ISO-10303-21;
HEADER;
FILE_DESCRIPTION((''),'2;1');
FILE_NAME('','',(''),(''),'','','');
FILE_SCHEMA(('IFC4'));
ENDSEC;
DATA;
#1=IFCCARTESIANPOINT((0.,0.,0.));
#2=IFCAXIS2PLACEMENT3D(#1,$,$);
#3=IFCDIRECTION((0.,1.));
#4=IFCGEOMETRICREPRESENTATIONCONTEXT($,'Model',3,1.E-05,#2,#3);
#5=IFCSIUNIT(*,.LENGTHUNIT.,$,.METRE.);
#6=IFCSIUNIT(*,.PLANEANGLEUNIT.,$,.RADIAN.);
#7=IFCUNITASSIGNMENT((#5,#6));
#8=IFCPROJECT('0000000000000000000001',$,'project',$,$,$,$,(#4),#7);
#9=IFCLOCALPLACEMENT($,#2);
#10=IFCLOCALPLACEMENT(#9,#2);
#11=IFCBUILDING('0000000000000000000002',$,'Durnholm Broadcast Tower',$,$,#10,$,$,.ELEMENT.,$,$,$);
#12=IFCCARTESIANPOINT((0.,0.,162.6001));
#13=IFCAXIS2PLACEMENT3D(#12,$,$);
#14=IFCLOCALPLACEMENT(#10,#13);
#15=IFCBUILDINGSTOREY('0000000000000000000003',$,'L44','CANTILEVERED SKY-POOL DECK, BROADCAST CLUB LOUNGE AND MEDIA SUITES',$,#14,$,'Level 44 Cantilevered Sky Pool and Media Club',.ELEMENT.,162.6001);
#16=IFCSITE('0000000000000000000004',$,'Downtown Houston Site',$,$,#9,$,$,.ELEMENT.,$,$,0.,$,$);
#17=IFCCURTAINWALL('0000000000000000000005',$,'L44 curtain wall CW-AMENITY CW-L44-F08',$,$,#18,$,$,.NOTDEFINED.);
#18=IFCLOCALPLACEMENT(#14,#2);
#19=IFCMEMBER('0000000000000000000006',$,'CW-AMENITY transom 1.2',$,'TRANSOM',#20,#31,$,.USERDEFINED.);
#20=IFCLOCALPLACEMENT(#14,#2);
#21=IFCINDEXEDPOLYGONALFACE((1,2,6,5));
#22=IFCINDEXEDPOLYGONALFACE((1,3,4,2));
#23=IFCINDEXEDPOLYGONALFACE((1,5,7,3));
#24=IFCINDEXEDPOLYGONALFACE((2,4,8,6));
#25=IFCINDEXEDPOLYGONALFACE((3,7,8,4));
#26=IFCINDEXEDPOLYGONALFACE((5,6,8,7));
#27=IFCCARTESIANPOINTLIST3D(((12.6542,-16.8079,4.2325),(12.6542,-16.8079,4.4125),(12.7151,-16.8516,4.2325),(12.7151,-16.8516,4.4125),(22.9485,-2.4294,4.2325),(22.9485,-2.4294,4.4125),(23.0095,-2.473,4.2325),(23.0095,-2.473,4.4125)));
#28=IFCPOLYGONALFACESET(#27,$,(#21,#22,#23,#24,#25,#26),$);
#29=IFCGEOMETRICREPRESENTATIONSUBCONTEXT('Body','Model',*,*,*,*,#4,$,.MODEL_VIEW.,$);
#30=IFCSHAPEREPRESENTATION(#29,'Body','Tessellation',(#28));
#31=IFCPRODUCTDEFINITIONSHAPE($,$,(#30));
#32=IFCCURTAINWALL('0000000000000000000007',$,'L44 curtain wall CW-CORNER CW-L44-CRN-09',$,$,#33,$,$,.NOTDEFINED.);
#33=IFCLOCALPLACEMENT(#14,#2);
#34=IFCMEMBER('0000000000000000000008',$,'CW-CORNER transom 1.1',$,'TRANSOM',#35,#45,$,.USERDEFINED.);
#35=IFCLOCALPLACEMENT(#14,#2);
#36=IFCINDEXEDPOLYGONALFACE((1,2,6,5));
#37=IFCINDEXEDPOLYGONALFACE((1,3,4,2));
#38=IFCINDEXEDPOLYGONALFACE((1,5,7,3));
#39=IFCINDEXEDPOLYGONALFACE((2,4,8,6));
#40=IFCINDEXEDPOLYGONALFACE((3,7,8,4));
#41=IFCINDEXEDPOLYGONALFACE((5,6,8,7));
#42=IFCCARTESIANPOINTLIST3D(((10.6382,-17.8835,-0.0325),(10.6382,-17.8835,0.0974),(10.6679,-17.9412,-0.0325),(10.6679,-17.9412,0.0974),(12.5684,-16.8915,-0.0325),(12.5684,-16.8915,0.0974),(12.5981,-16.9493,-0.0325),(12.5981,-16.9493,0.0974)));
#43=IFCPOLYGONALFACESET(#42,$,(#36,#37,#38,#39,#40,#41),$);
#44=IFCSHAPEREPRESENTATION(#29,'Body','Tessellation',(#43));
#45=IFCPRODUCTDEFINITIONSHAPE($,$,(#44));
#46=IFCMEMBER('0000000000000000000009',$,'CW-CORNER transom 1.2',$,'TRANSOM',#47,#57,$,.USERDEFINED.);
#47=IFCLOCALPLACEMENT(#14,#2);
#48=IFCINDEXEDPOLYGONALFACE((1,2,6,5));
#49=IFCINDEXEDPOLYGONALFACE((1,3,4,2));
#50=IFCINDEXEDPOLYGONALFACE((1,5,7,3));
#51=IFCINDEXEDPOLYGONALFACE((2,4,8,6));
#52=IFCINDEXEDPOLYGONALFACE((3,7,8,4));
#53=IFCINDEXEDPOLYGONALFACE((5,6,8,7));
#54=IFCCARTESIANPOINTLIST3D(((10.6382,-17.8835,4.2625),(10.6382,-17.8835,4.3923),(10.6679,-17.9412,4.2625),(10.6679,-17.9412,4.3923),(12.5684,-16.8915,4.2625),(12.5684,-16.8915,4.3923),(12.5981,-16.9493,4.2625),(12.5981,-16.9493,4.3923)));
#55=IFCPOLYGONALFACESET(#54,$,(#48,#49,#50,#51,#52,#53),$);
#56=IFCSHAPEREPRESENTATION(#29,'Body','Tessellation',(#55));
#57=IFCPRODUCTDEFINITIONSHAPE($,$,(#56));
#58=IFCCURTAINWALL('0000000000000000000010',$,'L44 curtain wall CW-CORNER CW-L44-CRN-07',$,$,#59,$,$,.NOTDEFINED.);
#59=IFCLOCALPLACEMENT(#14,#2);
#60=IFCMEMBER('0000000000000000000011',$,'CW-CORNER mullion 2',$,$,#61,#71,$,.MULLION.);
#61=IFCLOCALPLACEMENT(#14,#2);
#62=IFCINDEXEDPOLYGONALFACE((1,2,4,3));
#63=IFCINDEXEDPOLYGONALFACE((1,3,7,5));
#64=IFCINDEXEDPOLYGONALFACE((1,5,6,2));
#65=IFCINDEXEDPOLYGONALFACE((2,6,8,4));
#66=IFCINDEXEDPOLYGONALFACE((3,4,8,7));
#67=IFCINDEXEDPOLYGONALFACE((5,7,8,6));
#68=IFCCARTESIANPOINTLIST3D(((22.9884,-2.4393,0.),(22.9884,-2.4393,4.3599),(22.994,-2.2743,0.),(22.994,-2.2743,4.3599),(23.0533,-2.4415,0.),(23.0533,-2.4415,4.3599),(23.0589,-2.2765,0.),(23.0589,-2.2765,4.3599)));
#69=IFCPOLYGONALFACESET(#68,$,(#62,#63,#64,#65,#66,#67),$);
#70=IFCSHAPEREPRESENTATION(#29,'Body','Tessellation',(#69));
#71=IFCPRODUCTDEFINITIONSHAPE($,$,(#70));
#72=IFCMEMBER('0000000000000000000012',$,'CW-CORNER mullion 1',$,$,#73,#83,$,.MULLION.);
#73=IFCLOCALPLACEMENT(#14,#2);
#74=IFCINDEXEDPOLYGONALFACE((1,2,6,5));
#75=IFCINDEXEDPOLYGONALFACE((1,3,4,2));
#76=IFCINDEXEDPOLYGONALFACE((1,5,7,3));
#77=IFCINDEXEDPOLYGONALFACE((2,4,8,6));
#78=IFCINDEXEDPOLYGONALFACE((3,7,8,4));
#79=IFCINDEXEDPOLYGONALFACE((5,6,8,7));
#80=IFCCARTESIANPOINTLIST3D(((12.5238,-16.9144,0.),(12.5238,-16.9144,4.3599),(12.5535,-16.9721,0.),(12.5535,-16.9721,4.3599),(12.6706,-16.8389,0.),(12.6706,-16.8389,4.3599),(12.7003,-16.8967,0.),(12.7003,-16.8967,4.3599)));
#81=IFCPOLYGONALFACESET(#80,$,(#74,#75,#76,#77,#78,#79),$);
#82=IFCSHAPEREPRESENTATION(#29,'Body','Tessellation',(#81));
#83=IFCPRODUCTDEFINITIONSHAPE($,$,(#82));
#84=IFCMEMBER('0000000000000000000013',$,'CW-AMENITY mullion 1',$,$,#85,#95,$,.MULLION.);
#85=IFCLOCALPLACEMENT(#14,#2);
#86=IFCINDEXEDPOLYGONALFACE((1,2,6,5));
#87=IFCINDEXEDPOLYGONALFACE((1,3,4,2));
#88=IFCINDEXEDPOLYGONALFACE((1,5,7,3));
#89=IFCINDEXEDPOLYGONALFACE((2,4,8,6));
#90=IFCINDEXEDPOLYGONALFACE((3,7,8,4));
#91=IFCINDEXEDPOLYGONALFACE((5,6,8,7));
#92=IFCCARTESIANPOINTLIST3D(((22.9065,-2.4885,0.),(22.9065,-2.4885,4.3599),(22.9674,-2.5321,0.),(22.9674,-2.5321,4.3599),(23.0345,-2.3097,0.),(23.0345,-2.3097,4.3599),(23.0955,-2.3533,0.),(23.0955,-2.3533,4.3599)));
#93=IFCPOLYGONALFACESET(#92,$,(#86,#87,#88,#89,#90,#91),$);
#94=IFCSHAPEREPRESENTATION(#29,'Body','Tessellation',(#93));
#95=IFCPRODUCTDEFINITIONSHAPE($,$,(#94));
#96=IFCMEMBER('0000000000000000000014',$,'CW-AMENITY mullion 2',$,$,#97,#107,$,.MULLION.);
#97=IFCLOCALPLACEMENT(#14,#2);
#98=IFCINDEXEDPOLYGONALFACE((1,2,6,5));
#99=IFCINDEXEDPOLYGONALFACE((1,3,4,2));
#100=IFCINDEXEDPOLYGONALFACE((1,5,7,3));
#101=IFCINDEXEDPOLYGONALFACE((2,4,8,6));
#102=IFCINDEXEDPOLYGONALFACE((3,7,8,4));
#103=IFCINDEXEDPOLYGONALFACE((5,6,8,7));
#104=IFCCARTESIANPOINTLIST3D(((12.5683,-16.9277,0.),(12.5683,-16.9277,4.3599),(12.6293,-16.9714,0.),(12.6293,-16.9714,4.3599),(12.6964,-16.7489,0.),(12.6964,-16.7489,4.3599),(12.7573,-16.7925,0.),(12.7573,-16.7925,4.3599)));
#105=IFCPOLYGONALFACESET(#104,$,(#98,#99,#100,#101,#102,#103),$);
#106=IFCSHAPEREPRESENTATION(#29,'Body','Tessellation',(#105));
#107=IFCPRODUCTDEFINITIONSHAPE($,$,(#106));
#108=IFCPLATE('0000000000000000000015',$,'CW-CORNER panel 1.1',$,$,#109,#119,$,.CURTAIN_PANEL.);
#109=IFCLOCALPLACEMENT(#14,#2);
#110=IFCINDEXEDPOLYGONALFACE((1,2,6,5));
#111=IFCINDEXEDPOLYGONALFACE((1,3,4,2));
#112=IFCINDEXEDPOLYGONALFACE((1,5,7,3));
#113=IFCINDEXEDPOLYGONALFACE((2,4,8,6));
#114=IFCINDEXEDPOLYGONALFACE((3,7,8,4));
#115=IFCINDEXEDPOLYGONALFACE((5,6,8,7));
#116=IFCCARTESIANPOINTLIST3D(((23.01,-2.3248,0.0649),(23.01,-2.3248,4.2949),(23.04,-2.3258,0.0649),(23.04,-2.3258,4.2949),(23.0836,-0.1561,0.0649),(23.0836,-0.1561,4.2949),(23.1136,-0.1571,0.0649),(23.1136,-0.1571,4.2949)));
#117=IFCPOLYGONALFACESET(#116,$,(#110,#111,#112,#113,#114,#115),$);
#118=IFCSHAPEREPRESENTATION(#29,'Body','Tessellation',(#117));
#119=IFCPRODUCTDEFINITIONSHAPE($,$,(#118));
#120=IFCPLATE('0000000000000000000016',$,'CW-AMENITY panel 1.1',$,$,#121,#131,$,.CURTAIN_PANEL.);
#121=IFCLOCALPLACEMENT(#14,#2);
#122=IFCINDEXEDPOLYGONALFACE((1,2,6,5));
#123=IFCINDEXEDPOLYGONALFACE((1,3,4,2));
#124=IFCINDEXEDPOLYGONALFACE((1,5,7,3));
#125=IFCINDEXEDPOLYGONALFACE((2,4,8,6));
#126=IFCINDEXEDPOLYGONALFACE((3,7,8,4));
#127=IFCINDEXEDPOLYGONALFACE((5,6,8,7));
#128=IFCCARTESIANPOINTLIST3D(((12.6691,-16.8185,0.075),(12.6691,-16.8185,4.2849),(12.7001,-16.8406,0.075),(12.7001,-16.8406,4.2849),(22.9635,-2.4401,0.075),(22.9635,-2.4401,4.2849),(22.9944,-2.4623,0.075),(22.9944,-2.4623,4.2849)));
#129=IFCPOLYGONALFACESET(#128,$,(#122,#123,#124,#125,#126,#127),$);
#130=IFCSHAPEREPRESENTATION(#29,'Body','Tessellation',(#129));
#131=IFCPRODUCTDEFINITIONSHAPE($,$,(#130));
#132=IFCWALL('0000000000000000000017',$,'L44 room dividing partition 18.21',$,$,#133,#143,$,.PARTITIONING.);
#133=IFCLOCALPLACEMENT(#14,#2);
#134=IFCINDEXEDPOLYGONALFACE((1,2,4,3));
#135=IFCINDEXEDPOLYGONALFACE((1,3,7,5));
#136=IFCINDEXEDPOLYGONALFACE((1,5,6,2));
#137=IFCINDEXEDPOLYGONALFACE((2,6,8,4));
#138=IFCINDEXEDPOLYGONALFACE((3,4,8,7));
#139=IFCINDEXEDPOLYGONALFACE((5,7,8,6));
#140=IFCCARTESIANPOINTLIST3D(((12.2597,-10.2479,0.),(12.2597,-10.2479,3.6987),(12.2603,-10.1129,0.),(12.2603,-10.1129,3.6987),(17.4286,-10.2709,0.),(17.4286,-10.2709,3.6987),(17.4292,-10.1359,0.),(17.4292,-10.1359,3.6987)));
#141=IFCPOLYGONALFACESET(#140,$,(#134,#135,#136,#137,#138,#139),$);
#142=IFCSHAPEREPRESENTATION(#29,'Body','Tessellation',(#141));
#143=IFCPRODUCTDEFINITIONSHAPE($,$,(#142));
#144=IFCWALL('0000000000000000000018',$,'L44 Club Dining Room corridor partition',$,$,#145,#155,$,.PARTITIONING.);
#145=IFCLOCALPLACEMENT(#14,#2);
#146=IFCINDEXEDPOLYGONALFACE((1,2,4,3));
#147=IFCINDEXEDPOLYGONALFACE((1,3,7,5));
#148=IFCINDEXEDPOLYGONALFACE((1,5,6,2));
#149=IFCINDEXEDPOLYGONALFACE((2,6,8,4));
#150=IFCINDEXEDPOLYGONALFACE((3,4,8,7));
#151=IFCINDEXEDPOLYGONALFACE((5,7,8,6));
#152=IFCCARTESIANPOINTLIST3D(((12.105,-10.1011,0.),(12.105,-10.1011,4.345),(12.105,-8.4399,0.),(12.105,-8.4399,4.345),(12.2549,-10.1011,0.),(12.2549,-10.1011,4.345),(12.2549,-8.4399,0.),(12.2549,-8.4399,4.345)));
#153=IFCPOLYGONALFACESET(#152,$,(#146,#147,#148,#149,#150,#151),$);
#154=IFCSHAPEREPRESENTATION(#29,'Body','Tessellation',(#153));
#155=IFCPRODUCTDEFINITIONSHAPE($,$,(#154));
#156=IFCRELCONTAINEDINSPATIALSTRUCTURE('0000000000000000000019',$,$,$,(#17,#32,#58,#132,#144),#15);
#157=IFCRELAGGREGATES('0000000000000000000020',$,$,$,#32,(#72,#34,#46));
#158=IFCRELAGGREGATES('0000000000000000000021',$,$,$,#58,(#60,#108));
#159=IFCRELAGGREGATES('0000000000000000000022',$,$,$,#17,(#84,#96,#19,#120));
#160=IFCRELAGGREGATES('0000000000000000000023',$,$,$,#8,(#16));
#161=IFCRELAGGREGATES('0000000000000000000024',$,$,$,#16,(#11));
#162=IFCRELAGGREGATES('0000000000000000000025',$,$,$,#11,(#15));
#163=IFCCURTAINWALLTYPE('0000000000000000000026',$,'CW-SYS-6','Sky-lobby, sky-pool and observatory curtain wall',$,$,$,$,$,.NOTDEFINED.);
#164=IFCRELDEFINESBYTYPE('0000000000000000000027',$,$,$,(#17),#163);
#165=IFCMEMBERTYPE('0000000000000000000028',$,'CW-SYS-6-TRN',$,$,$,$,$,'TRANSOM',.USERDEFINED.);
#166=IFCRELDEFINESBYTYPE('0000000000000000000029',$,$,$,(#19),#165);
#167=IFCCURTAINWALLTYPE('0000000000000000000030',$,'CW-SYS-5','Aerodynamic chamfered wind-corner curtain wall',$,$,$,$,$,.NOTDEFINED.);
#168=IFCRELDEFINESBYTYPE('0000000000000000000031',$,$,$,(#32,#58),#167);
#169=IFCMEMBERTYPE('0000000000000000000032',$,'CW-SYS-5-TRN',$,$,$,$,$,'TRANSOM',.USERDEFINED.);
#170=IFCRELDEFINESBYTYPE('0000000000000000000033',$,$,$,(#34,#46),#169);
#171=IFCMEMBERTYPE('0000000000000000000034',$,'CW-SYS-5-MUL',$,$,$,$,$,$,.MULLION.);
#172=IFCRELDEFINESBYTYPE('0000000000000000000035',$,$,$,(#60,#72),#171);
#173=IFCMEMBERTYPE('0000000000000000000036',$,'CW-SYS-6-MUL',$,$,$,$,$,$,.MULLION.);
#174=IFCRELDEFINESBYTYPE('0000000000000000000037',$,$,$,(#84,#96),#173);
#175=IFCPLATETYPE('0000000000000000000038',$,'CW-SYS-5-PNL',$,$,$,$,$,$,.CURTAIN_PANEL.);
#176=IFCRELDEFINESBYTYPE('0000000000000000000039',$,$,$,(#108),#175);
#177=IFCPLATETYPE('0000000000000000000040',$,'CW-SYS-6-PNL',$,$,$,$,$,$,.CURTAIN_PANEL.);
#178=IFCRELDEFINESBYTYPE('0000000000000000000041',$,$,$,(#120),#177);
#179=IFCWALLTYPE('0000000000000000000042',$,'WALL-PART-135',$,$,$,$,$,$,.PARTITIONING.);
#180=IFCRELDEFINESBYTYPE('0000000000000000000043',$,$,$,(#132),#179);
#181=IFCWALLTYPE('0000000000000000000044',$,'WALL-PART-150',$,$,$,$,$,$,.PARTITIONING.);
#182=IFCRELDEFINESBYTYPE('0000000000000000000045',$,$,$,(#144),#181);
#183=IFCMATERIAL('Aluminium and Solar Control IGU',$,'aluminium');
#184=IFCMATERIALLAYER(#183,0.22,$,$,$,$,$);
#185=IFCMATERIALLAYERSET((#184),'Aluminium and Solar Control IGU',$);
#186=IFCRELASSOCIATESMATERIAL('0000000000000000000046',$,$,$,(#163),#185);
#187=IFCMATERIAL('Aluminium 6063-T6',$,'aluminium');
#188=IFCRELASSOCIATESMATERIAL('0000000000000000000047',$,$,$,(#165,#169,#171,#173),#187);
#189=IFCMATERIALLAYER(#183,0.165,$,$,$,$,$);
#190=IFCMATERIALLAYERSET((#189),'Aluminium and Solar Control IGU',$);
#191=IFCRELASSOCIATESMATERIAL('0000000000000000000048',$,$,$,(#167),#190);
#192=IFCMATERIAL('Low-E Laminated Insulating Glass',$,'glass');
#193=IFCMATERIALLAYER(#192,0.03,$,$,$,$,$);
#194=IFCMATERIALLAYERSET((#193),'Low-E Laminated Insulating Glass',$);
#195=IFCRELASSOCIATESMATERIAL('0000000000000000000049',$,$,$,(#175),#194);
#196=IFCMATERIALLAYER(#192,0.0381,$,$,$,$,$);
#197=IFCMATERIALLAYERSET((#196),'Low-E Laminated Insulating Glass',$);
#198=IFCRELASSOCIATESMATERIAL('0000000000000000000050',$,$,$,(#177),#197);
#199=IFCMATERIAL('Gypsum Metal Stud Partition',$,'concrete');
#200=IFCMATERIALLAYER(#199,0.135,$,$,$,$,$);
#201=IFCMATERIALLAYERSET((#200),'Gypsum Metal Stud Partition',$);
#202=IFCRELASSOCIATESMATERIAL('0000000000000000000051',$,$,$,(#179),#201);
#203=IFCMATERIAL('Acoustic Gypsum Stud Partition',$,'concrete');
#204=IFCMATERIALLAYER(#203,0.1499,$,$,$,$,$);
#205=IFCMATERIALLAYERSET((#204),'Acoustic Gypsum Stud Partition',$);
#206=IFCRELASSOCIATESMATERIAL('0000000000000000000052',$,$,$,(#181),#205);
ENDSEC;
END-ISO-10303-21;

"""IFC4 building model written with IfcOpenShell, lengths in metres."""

from ifc_helpers import new_model, si_unit, direction, frame, frame_2d, origin, origin_2d, place, context, subcontext, project, spatial, rectangle, extrude, source, transform, mapped, material, layer, layer_set, material_profile, profile_set, type_object, type_shapes, element, aggregate, save


model = new_model("IFC4")

# Units and contexts
model_context = context("Model", 3, precision=1e-05, world=origin(), true_north=direction((0.0, 1.0)))
body_context = subcontext(model_context, "Body", "Model", "MODEL_VIEW")
ifc_project = project(units=[si_unit("LENGTHUNIT", "METRE"), si_unit("PLANEANGLEUNIT", "RADIAN")], contexts=[model_context])

# Site, building, storey
site_placement = place(None, origin())
site = spatial("IfcSite", under=ifc_project, at=site_placement, Name="Downtown Houston Site", CompositionType="ELEMENT", RefElevation=0.0)
building_placement = place(site_placement, origin())
building = spatial("IfcBuilding", under=site, at=building_placement, Name="Durnholm Broadcast Tower", CompositionType="ELEMENT")
storey_placement = place(building_placement, frame((0.0, 0.0, 162.6001)))
storey = spatial("IfcBuildingStorey", under=building, at=storey_placement, Name="L44", Description="CANTILEVERED SKY-POOL DECK, BROADCAST CLUB LOUNGE AND MEDIA SUITES", LongName="Level 44 Cantilevered Sky Pool and Media Club", CompositionType="ELEMENT", Elevation=162.6001)

# Curtain walls, members
ifc_material_1 = material(Name="Aluminium and Solar Control IGU", Category="aluminium")
ifc_layer_1 = layer(ifc_material_1, 0.22)
ifc_layer_set_1 = layer_set([ifc_layer_1], Name="Aluminium and Solar Control IGU")
curtain_wall_type_1 = type_object("IfcCurtainWallType", Name="CW-SYS-6", Description="Sky-lobby, sky-pool and observatory curtain wall", PredefinedType="NOTDEFINED", material=ifc_layer_set_1)
curtain_wall_1_placement = place(storey_placement, origin())
curtain_wall_1 = element("IfcCurtainWall", 1, at=curtain_wall_1_placement, inside=storey, type_object=curtain_wall_type_1, Name="L44 curtain wall CW-AMENITY CW-L44-F08", PredefinedType="NOTDEFINED")
ifc_material_2 = material(Name="Aluminium 6063-T6", Category="aluminium")
ifc_material_profile_1 = material_profile(ifc_material_2, rectangle(XDim=0.075, YDim=0.1799, at=origin_2d()), Name="CWT75X180")
ifc_profile_set_1 = profile_set([ifc_material_profile_1], Name="Aluminium 6063-T6")
member_type_1 = type_object("IfcMemberType", Name="CW-SYS-6-TRN", ElementType="TRANSOM", PredefinedType="USERDEFINED", material=ifc_profile_set_1)
shared_shape_1 = source(origin(), body_context, "Body", "SweptSolid", [
    extrude(rectangle(XDim=0.075, YDim=0.1799, at=origin_2d()), origin(), (0.0, 0.0, 1.0), 17.6838),
])
type_shapes(member_type_1, [shared_shape_1])
member_1_placement = place(storey_placement, frame((22.979, -2.4512, 4.3225), z_axis=(-0.582135, -0.813092, 0.0), x_axis=(0.813092, -0.582135, 0.0)))
member_1 = element("IfcMember", 2, at=member_1_placement, type_object=member_type_1, Name="CW-AMENITY transom 1.2", ObjectType="TRANSOM", PredefinedType="USERDEFINED", context=body_context, shape_type="MappedRepresentation", body=[
    mapped(shared_shape_1, transform((0.0, 0.0, 0.0), x_axis=(1.0, 0.0, 0.0), y_axis=(0.0, 1.0, 0.0), z_axis=(0.0, 0.0, 1.0), scale=1.0)),
])
ifc_layer_2 = layer(ifc_material_1, 0.165)
ifc_layer_set_2 = layer_set([ifc_layer_2], Name="Aluminium and Solar Control IGU")
curtain_wall_type_2 = type_object("IfcCurtainWallType", Name="CW-SYS-5", Description="Aerodynamic chamfered wind-corner curtain wall", PredefinedType="NOTDEFINED", material=ifc_layer_set_2)
curtain_wall_2_placement = place(storey_placement, origin())
curtain_wall_2 = element("IfcCurtainWall", 3, at=curtain_wall_2_placement, inside=storey, type_object=curtain_wall_type_2, Name="L44 curtain wall CW-CORNER CW-L44-CRN-09", PredefinedType="NOTDEFINED")
ifc_material_profile_2 = material_profile(ifc_material_2, rectangle(XDim=0.0649, YDim=0.1299, at=origin_2d()), Name="CWT65X130")
ifc_profile_set_2 = profile_set([ifc_material_profile_2], Name="Aluminium 6063-T6")
member_type_2 = type_object("IfcMemberType", Name="CW-SYS-5-TRN", ElementType="TRANSOM", PredefinedType="USERDEFINED", material=ifc_profile_set_2)
shared_shape_2 = source(origin(), body_context, "Body", "SweptSolid", [
    extrude(rectangle(XDim=0.0649, YDim=0.1299, at=origin_2d()), origin(), (0.0, 0.0, 1.0), 2.1702),
])
type_shapes(member_type_2, [shared_shape_2])
member_2_placement = place(storey_placement, frame((12.5833, -16.9204, 0.0325), z_axis=(-0.889422, -0.457086, 0.0), x_axis=(0.457086, -0.889422, 0.0)))
member_2 = element("IfcMember", 4, at=member_2_placement, type_object=member_type_2, Name="CW-CORNER transom 1.1", ObjectType="TRANSOM", PredefinedType="USERDEFINED", context=body_context, shape_type="MappedRepresentation", body=[
    mapped(shared_shape_2, transform((0.0, 0.0, 0.0), x_axis=(1.0, 0.0, 0.0), y_axis=(0.0, 1.0, 0.0), z_axis=(0.0, 0.0, 1.0), scale=1.0)),
])
member_3_placement = place(storey_placement, frame((12.5833, -16.9204, 4.3274), z_axis=(-0.889422, -0.457086, 0.0), x_axis=(0.457086, -0.889422, 0.0)))
member_3 = element("IfcMember", 5, at=member_3_placement, type_object=member_type_2, Name="CW-CORNER transom 1.2", ObjectType="TRANSOM", PredefinedType="USERDEFINED", context=body_context, shape_type="MappedRepresentation", body=[
    mapped(shared_shape_2, transform((0.0, 0.0, 0.0), x_axis=(1.0, 0.0, 0.0), y_axis=(0.0, 1.0, 0.0), z_axis=(0.0, 0.0, 1.0), scale=1.0)),
])

# Curtain wall, member
curtain_wall_3_placement = place(storey_placement, origin())
curtain_wall_3 = element("IfcCurtainWall", 6, at=curtain_wall_3_placement, inside=storey, type_object=curtain_wall_type_2, Name="L44 curtain wall CW-CORNER CW-L44-CRN-07", PredefinedType="NOTDEFINED")
ifc_material_profile_3 = material_profile(ifc_material_2, rectangle(XDim=0.0649, YDim=0.165, at=origin_2d()), Name="CWM65X165")
ifc_profile_set_3 = profile_set([ifc_material_profile_3], Name="Aluminium 6063-T6")
member_type_3 = type_object("IfcMemberType", Name="CW-SYS-5-MUL", PredefinedType="MULLION", material=ifc_profile_set_3)
shared_shape_3 = source(origin(), body_context, "Body", "SweptSolid", [
    extrude(rectangle(XDim=0.0649, YDim=0.165, at=origin_2d()), origin(), (0.0, 0.0, 1.0), 4.3599),
])
type_shapes(member_type_3, [shared_shape_3])
member_4_placement = place(storey_placement, frame((23.0237, -2.3579, 0.0), z_axis=(0.0, 0.0, 1.0), x_axis=(0.999425, -0.033913, 0.0)))
member_4 = element("IfcMember", 7, at=member_4_placement, type_object=member_type_3, Name="CW-CORNER mullion 2", PredefinedType="MULLION", context=body_context, shape_type="MappedRepresentation", body=[
    mapped(shared_shape_3, transform((0.0, 0.0, 0.0), x_axis=(1.0, 0.0, 0.0), y_axis=(0.0, 1.0, 0.0), z_axis=(0.0, 0.0, 1.0), scale=1.0)),
])

# Members
member_5_placement = place(storey_placement, frame((12.6121, -16.9055, 0.0), z_axis=(0.0, 0.0, 1.0), x_axis=(0.457082, -0.889425, 0.0)))
member_5 = element("IfcMember", 8, at=member_5_placement, type_object=member_type_3, Name="CW-CORNER mullion 1", PredefinedType="MULLION", context=body_context, shape_type="MappedRepresentation", body=[
    mapped(shared_shape_3, transform((0.0, 0.0, 0.0), x_axis=(1.0, 0.0, 0.0), y_axis=(0.0, 1.0, 0.0), z_axis=(0.0, 0.0, 1.0), scale=1.0)),
])
aggregate(curtain_wall_2, [member_5, member_2, member_3])
ifc_material_profile_4 = material_profile(ifc_material_2, rectangle(XDim=0.075, YDim=0.22, at=origin_2d()), Name="CWM75X220")
ifc_profile_set_4 = profile_set([ifc_material_profile_4], Name="Aluminium 6063-T6")
member_type_4 = type_object("IfcMemberType", Name="CW-SYS-6-MUL", PredefinedType="MULLION", material=ifc_profile_set_4)
shared_shape_4 = source(origin(), body_context, "Body", "SweptSolid", [
    extrude(rectangle(XDim=0.075, YDim=0.22, at=origin_2d()), origin(), (0.0, 0.0, 1.0), 4.3599),
])
type_shapes(member_type_4, [shared_shape_4])
member_6_placement = place(storey_placement, frame((23.001, -2.4209, 0.0), z_axis=(0.0, 0.0, 1.0), x_axis=(0.813089, -0.582139, 0.0)))
member_6 = element("IfcMember", 9, at=member_6_placement, type_object=member_type_4, Name="CW-AMENITY mullion 1", PredefinedType="MULLION", context=body_context, shape_type="MappedRepresentation", body=[
    mapped(shared_shape_4, transform((0.0, 0.0, 0.0), x_axis=(1.0, 0.0, 0.0), y_axis=(0.0, 1.0, 0.0), z_axis=(0.0, 0.0, 1.0), scale=1.0)),
])
member_7_placement = place(storey_placement, frame((12.6628, -16.8601, 0.0), z_axis=(0.0, 0.0, 1.0), x_axis=(0.813089, -0.582139, 0.0)))
member_7 = element("IfcMember", 10, at=member_7_placement, type_object=member_type_4, Name="CW-AMENITY mullion 2", PredefinedType="MULLION", context=body_context, shape_type="MappedRepresentation", body=[
    mapped(shared_shape_4, transform((0.0, 0.0, 0.0), x_axis=(1.0, 0.0, 0.0), y_axis=(0.0, 1.0, 0.0), z_axis=(0.0, 0.0, 1.0), scale=1.0)),
])

# Plates
ifc_material_3 = material(Name="Low-E Laminated Insulating Glass", Category="glass")
ifc_layer_3 = layer(ifc_material_3, 0.03)
ifc_layer_set_3 = layer_set([ifc_layer_3], Name="Low-E Laminated Insulating Glass")
plate_type_1 = type_object("IfcPlateType", Name="CW-SYS-5-PNL", PredefinedType="CURTAIN_PANEL", material=ifc_layer_set_3)
shared_shape_5 = source(origin(), body_context, "Body", "SweptSolid", [
    extrude(rectangle(XDim=2.1699, YDim=0.03, at=origin_2d()), origin(), (0.0, 0.0, 1.0), 4.23),
])
type_shapes(plate_type_1, [shared_shape_5])
plate_1_placement = place(storey_placement, frame((23.0618, -1.241, 0.0649), z_axis=(0.0, 0.0, 1.0), x_axis=(-0.033913, -0.999425, 0.0)))
plate_1 = element("IfcPlate", 11, at=plate_1_placement, type_object=plate_type_1, Name="CW-CORNER panel 1.1", PredefinedType="CURTAIN_PANEL", context=body_context, shape_type="MappedRepresentation", body=[
    mapped(shared_shape_5, transform((0.0, 0.0, 0.0), x_axis=(1.0, 0.0, 0.0), y_axis=(0.0, 1.0, 0.0), z_axis=(0.0, 0.0, 1.0), scale=1.0)),
])
aggregate(curtain_wall_3, [member_4, plate_1])
ifc_layer_4 = layer(ifc_material_3, 0.0381)
ifc_layer_set_4 = layer_set([ifc_layer_4], Name="Low-E Laminated Insulating Glass")
plate_type_2 = type_object("IfcPlateType", Name="CW-SYS-6-PNL", PredefinedType="CURTAIN_PANEL", material=ifc_layer_set_4)
shared_shape_6 = source(origin(), body_context, "Body", "SweptSolid", [
    extrude(rectangle(XDim=17.6836, YDim=0.0381, at=origin_2d()), origin(), (0.0, 0.0, 1.0), 4.21),
])
type_shapes(plate_type_2, [shared_shape_6])
plate_2_placement = place(storey_placement, frame((17.8318, -9.6404, 0.075), z_axis=(0.0, 0.0, 1.0), x_axis=(-0.582139, -0.813089, 0.0)))
plate_2 = element("IfcPlate", 12, at=plate_2_placement, type_object=plate_type_2, Name="CW-AMENITY panel 1.1", PredefinedType="CURTAIN_PANEL", context=body_context, shape_type="MappedRepresentation", body=[
    mapped(shared_shape_6, transform((0.0, 0.0, 0.0), x_axis=(1.0, 0.0, 0.0), y_axis=(0.0, 1.0, 0.0), z_axis=(0.0, 0.0, 1.0), scale=1.0)),
])
aggregate(curtain_wall_1, [member_6, member_7, member_1, plate_2])

# Walls
ifc_material_4 = material(Name="Gypsum Metal Stud Partition", Category="concrete")
ifc_layer_5 = layer(ifc_material_4, 0.135)
ifc_layer_set_5 = layer_set([ifc_layer_5], Name="Gypsum Metal Stud Partition")
wall_type_1 = type_object("IfcWallType", Name="WALL-PART-135", PredefinedType="PARTITIONING", material=ifc_layer_set_5)
wall_1_placement = place(storey_placement, frame((12.26, -10.1804, 0.0), z_axis=(0.0, 0.0, 1.0), x_axis=(0.99999, -0.00444, 0.0)))
element("IfcWall", 13, at=wall_1_placement, inside=storey, type_object=wall_type_1, Name="L44 room dividing partition 18.21", PredefinedType="PARTITIONING", context=body_context, shape_type="SweptSolid", body=[
    extrude(rectangle(XDim=5.1689, YDim=0.135, at=frame_2d((2.5845, 0.0))), origin(), (0.0, 0.0, 1.0), 3.6987),
])
ifc_material_5 = material(Name="Acoustic Gypsum Stud Partition", Category="concrete")
ifc_layer_6 = layer(ifc_material_5, 0.1499)
ifc_layer_set_6 = layer_set([ifc_layer_6], Name="Acoustic Gypsum Stud Partition")
wall_type_2 = type_object("IfcWallType", Name="WALL-PART-150", PredefinedType="PARTITIONING", material=ifc_layer_set_6)
wall_2_placement = place(storey_placement, frame((12.1799, -10.1011, 0.0), z_axis=(0.0, 0.0, 1.0), x_axis=(0.0, 1.0, 0.0)))
element("IfcWall", 14, at=wall_2_placement, inside=storey, type_object=wall_type_2, Name="L44 Club Dining Room corridor partition", PredefinedType="PARTITIONING", context=body_context, shape_type="SweptSolid", body=[
    extrude(rectangle(XDim=1.6611, YDim=0.1499, at=frame_2d((0.8306, 0.0))), origin(), (0.0, 0.0, 1.0), 4.345),
])

save(model, "model.ifc")
